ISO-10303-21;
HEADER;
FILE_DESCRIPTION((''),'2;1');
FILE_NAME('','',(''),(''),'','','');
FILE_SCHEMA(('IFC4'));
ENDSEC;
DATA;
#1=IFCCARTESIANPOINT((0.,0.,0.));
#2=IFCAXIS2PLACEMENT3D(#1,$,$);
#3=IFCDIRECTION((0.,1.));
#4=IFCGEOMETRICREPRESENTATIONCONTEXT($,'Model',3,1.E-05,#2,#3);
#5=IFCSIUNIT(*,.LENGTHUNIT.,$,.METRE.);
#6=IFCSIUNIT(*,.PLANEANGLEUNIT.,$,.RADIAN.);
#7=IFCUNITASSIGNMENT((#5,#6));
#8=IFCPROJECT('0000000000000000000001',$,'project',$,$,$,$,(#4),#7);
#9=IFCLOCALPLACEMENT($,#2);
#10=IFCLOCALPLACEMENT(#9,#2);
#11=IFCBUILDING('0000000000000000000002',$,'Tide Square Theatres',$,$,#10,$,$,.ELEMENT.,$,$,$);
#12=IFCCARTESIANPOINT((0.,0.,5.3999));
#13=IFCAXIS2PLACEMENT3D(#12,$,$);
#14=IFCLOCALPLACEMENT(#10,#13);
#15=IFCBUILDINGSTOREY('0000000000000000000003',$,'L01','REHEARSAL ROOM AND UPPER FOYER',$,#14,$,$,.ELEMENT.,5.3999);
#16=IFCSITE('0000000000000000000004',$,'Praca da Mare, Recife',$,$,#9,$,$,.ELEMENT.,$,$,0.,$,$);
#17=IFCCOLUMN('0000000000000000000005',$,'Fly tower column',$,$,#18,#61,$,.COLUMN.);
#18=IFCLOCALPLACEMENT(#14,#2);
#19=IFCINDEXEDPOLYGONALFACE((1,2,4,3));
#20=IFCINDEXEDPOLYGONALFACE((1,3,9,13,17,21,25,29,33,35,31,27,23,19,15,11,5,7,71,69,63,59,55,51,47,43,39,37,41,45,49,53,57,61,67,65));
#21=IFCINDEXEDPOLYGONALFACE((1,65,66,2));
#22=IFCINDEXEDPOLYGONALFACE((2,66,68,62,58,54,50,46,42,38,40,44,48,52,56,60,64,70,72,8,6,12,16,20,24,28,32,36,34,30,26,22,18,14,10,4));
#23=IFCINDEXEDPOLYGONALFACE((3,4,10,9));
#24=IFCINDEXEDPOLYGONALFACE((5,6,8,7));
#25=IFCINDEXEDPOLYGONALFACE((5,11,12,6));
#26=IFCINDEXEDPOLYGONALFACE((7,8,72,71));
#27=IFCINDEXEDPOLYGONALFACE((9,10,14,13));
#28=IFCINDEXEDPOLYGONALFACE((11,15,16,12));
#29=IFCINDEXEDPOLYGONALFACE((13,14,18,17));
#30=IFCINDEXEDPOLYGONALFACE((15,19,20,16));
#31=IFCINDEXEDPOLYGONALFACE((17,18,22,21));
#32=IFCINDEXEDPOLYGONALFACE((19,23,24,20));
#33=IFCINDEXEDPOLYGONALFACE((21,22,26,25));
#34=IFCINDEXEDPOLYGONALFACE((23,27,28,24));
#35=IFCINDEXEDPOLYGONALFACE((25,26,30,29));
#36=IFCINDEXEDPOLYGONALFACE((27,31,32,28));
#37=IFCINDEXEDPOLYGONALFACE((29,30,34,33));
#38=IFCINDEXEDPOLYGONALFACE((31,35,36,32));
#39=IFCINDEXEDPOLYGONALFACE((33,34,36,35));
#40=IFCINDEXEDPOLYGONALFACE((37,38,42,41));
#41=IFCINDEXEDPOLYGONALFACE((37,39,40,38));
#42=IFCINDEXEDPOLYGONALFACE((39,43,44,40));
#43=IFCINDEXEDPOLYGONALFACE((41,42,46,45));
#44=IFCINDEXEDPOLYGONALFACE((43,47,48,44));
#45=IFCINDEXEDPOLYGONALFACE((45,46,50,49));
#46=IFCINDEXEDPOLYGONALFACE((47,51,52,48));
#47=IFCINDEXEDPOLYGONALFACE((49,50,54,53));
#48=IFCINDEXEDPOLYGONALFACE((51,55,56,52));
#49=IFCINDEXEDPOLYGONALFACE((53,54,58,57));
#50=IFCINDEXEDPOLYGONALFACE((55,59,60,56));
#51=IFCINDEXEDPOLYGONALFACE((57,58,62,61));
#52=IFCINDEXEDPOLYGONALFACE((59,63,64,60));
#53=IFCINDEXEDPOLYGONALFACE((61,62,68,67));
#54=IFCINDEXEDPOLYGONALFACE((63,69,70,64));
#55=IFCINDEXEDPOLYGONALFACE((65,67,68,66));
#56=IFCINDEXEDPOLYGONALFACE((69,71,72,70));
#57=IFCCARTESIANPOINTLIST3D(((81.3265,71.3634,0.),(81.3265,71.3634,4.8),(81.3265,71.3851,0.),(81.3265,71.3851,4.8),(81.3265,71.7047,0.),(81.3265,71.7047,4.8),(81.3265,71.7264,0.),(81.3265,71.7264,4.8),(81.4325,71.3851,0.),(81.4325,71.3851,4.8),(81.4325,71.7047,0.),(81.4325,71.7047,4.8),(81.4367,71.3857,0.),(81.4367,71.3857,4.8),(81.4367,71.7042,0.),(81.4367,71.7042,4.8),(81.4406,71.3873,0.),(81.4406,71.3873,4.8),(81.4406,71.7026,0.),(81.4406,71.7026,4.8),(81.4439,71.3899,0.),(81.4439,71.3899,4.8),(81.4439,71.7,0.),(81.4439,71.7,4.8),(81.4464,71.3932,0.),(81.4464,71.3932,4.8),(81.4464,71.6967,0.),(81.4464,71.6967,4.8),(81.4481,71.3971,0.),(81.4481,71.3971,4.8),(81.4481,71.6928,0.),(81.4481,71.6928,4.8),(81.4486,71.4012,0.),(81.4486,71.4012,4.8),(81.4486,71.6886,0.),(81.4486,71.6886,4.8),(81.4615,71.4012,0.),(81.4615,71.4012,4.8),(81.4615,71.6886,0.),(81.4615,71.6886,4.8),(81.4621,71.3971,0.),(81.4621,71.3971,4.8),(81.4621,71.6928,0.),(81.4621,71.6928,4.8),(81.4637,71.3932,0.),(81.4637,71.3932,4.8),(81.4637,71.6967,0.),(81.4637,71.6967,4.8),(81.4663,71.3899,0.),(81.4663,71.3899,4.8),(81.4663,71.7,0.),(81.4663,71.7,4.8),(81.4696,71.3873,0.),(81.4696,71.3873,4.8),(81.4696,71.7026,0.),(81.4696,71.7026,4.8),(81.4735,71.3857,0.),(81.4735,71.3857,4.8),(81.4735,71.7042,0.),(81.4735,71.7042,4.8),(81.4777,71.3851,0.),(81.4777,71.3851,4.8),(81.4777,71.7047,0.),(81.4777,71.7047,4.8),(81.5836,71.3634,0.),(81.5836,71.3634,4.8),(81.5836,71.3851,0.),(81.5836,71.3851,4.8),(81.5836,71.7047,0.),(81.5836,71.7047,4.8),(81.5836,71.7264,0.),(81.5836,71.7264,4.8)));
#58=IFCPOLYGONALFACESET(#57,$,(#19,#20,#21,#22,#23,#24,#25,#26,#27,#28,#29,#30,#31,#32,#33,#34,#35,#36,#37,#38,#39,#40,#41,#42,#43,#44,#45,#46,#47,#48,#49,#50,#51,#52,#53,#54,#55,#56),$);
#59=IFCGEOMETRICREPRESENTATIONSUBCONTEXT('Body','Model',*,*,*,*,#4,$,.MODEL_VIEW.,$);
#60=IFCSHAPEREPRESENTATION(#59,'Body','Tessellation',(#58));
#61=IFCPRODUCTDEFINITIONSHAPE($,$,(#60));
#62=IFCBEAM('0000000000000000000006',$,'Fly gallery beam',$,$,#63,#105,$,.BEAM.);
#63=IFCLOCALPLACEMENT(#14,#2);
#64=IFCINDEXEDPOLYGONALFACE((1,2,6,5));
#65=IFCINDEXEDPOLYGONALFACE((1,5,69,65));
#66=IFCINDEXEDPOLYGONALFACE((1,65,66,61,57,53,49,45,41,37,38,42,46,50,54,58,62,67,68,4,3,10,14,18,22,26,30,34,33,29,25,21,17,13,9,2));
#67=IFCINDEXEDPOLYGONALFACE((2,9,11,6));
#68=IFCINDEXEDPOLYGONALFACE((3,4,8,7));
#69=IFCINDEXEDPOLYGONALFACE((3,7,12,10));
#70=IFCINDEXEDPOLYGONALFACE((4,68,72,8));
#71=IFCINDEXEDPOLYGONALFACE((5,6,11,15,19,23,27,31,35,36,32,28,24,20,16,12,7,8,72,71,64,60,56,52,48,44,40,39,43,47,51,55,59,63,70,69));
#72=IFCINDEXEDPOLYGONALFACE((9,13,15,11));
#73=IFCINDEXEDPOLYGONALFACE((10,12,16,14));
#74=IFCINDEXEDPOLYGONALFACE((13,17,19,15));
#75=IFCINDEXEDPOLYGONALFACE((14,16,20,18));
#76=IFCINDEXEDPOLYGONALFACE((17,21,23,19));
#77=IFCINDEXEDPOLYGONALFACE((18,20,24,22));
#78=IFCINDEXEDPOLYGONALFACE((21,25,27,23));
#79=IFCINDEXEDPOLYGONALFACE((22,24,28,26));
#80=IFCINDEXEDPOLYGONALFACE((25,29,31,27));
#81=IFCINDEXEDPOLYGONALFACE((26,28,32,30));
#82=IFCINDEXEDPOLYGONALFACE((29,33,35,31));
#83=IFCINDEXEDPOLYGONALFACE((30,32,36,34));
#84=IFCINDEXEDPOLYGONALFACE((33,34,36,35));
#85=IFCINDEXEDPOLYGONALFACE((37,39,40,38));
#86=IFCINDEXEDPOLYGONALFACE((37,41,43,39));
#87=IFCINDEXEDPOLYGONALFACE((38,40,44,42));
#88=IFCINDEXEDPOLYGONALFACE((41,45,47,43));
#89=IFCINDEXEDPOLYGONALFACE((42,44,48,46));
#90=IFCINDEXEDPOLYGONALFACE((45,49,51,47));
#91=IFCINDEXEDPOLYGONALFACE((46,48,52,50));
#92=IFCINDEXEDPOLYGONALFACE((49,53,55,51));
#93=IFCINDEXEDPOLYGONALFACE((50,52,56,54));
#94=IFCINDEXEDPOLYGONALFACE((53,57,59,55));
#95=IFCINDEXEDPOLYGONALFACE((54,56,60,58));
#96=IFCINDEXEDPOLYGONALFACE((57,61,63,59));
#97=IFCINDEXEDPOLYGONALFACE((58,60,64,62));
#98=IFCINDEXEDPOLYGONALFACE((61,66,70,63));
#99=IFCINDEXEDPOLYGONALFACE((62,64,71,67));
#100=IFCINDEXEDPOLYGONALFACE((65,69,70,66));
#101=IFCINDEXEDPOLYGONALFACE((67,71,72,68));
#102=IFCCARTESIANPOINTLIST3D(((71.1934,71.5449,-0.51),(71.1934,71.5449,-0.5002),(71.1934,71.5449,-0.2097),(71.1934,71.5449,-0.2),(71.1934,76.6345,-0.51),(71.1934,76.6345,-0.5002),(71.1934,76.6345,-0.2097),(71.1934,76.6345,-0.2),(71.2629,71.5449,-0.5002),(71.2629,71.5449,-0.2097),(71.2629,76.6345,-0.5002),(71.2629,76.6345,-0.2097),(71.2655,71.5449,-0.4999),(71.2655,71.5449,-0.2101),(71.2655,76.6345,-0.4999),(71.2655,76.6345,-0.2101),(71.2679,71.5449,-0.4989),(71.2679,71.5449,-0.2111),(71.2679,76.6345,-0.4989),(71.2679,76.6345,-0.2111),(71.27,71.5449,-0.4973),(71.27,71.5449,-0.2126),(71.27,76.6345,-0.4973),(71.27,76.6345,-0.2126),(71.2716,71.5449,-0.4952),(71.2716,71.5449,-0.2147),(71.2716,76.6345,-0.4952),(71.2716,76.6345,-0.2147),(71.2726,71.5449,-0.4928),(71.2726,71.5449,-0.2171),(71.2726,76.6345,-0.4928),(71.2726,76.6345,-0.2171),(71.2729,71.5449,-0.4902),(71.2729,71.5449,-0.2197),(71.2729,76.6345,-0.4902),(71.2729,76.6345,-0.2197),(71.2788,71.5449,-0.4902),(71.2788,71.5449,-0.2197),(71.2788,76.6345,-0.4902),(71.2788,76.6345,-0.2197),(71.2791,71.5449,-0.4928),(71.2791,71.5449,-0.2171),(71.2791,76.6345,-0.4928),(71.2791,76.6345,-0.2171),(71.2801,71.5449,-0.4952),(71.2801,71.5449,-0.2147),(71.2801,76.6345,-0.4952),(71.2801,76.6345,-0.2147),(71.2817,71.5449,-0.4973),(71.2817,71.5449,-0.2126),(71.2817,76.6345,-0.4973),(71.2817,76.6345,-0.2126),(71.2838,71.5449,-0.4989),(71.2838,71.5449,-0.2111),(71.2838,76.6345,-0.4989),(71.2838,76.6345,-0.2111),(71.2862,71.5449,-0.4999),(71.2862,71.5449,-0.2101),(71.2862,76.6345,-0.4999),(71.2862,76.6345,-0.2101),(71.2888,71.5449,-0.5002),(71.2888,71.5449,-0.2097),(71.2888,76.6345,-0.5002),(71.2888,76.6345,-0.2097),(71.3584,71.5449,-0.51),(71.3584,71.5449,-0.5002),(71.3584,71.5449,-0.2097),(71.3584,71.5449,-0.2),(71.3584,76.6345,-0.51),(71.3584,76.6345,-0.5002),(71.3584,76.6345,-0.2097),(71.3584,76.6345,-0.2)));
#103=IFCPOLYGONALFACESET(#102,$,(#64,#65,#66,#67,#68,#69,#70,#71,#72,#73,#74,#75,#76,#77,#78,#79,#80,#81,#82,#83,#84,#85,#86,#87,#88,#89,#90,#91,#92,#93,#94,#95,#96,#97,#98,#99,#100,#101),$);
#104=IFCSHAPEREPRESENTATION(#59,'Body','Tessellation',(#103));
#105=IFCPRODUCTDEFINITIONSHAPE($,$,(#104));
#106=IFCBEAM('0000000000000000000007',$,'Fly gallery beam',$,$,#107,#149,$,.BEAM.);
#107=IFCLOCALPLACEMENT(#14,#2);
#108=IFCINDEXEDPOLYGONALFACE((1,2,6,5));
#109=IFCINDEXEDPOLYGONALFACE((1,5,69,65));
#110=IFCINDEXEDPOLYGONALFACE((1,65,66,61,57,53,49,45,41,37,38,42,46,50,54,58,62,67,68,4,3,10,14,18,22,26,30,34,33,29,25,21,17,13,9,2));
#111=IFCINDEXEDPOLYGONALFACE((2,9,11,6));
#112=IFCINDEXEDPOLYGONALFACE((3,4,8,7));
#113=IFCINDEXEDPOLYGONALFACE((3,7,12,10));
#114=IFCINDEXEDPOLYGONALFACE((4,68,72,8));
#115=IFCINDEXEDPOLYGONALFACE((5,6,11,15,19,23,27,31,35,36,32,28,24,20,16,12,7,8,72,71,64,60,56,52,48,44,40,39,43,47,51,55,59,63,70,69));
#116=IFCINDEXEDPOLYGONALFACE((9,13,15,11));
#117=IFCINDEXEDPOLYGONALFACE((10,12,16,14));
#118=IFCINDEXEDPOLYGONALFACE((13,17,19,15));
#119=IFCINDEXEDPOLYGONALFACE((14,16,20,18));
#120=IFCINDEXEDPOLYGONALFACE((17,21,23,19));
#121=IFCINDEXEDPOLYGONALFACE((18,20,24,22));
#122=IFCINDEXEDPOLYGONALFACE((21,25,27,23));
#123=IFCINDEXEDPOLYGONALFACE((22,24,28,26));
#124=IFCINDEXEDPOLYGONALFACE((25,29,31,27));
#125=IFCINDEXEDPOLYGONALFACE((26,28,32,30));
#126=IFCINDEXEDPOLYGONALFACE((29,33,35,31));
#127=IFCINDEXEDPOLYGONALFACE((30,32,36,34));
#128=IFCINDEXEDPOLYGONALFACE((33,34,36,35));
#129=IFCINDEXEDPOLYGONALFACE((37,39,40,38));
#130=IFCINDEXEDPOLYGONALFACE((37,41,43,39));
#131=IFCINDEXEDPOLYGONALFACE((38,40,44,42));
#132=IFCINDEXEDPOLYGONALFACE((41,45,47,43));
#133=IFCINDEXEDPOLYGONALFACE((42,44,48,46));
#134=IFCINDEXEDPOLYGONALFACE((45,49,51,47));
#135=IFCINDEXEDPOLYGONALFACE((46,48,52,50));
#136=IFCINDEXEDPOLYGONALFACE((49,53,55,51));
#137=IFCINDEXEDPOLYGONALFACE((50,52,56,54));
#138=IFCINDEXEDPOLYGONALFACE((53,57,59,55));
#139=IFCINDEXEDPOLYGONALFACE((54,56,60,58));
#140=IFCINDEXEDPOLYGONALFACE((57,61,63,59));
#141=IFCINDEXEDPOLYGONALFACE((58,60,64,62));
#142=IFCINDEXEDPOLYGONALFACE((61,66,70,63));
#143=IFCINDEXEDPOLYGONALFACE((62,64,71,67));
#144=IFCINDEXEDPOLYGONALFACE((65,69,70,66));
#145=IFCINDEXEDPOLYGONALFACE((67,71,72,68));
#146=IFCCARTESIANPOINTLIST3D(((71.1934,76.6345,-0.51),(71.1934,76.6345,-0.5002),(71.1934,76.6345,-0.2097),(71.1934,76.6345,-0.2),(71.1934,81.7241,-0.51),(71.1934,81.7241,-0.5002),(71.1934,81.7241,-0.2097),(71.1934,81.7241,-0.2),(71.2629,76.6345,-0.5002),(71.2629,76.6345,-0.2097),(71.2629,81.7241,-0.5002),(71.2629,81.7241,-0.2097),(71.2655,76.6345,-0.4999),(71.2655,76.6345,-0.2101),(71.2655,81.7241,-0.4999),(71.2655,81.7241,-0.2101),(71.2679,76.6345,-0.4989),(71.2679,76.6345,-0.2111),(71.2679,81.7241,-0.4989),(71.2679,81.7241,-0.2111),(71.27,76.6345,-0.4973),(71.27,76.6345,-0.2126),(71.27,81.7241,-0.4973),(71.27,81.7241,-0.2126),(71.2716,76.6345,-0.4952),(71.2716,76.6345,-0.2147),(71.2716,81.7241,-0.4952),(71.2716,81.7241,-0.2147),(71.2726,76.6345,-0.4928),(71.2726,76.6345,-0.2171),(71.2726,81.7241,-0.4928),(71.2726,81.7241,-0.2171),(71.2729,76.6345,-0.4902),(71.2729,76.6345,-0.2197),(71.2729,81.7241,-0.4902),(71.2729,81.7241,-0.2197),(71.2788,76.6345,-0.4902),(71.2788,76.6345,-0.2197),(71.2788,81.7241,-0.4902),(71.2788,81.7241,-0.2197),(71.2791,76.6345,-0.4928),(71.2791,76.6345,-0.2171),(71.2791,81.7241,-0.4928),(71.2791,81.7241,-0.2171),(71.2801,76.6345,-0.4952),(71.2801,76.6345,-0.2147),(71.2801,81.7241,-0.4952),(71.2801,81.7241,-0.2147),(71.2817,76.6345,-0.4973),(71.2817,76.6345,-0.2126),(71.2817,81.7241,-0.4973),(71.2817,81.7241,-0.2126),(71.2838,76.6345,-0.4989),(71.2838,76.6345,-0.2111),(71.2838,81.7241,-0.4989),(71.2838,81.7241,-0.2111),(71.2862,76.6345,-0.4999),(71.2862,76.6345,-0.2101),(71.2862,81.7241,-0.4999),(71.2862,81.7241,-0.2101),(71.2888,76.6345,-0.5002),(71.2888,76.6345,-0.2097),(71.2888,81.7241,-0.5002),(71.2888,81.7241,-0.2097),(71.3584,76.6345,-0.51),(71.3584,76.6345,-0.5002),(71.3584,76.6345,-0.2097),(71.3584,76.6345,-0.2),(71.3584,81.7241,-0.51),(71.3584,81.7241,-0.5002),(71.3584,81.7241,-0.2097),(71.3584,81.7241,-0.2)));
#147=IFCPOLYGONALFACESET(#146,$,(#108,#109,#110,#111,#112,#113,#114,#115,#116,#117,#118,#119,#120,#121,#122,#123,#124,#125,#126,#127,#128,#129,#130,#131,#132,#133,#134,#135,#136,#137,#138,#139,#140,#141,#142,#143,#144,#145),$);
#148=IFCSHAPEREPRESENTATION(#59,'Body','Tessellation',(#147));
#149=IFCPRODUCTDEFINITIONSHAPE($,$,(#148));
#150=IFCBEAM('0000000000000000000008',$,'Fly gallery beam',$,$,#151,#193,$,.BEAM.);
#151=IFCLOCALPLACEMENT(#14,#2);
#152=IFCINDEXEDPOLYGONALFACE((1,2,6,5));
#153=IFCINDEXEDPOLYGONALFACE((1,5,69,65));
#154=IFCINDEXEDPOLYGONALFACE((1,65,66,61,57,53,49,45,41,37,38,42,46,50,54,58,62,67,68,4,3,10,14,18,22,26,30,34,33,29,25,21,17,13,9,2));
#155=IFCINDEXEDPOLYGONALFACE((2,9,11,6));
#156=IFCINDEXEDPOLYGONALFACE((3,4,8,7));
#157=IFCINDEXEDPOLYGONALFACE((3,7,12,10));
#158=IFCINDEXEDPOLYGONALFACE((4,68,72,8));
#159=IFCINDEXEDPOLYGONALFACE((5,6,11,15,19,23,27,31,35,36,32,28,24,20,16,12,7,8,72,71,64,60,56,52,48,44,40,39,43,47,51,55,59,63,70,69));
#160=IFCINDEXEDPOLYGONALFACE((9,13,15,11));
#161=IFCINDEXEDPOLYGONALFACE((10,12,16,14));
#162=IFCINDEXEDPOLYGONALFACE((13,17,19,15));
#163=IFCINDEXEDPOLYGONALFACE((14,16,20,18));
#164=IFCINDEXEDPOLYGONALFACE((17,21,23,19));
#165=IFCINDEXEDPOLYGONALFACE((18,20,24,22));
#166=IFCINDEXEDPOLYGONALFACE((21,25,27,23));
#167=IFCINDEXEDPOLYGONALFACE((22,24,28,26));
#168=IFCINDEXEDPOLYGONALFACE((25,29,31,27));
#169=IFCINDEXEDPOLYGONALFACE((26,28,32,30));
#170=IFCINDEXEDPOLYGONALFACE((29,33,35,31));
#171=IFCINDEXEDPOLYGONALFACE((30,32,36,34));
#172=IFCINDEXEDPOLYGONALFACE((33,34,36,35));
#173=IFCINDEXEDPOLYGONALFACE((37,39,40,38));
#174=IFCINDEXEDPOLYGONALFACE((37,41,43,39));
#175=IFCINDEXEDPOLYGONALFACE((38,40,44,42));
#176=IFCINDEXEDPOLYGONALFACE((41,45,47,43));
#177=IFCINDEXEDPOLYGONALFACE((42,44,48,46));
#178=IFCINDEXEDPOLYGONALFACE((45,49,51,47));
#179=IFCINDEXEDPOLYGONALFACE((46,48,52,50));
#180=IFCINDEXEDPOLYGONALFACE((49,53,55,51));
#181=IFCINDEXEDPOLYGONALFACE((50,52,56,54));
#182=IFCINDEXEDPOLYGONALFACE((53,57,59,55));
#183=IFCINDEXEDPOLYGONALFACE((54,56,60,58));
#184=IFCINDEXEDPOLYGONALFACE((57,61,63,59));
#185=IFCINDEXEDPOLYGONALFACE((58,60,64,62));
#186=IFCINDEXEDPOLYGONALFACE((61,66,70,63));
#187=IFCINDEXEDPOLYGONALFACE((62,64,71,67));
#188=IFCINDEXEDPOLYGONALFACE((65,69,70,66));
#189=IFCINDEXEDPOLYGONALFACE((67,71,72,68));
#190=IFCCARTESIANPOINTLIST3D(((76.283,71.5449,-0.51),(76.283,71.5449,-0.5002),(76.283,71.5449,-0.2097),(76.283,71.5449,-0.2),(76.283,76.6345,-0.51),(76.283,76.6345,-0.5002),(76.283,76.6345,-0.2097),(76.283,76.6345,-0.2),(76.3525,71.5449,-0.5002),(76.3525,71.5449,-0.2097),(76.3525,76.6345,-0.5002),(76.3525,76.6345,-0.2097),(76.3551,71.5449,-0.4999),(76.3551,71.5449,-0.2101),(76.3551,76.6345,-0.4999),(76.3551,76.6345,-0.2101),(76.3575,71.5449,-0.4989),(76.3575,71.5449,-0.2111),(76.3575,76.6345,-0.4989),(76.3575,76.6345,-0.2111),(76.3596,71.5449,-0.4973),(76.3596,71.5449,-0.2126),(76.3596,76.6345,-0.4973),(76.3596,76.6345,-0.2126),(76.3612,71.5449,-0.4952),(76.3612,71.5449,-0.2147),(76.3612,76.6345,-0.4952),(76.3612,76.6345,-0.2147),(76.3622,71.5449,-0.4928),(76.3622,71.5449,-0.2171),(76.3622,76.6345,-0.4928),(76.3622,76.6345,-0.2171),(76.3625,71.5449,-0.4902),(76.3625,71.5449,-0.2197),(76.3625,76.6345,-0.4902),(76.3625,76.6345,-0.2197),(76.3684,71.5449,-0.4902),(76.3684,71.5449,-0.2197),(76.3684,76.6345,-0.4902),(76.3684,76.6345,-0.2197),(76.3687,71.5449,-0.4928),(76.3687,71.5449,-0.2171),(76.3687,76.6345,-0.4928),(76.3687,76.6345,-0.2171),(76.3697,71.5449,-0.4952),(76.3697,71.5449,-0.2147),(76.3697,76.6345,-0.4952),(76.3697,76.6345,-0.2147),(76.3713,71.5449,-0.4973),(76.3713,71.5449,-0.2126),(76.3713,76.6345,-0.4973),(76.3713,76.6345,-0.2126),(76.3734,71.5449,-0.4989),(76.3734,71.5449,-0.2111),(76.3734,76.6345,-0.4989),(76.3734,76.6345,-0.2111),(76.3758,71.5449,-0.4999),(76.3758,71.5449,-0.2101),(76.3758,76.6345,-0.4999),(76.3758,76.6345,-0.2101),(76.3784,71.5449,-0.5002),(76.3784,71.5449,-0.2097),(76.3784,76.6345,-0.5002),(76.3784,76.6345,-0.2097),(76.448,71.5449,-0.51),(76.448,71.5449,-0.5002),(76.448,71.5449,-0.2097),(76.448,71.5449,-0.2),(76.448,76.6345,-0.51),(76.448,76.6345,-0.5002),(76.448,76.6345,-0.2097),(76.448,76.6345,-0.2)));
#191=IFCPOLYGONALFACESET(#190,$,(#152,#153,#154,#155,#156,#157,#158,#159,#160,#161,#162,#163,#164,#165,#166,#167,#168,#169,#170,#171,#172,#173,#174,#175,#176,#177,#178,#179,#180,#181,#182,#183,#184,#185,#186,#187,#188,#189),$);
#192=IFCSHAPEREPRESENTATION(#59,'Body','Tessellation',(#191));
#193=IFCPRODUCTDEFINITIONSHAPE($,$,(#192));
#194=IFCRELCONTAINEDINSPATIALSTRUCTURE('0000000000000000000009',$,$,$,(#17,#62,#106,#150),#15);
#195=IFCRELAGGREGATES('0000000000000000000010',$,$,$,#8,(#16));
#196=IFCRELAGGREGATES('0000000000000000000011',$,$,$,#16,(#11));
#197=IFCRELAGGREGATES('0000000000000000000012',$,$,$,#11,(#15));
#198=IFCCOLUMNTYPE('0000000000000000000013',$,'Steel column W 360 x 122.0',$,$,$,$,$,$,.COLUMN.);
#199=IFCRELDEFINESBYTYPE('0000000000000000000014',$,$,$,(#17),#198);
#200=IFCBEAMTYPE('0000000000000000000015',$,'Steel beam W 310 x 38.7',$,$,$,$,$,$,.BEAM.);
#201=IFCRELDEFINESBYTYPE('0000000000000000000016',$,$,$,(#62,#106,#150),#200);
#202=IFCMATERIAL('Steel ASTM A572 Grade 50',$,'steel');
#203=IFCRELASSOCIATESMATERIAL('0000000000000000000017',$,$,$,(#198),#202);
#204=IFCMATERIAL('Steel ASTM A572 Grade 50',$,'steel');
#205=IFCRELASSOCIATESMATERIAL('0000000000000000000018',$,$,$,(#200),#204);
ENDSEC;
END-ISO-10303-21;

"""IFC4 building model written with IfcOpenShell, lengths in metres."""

from ifc_helpers import new_model, si_unit, direction, frame, origin, origin_2d, place, context, subcontext, project, spatial, i_section, extrude, material, material_profile, profile_set, type_object, element, save


model = new_model("IFC4")

# Units and contexts
model_context = context("Model", 3, precision=1e-05, world=origin(), true_north=direction((0.0, 1.0)))
body_context = subcontext(model_context, "Body", "Model", "MODEL_VIEW")
ifc_project = project(units=[si_unit("LENGTHUNIT", "METRE"), si_unit("PLANEANGLEUNIT", "RADIAN")], contexts=[model_context])

# Site, building, storey
site_placement = place(None, origin())
site = spatial("IfcSite", under=ifc_project, at=site_placement, Name="Praca da Mare, Recife", CompositionType="ELEMENT", RefElevation=0.0)
building_placement = place(site_placement, origin())
building = spatial("IfcBuilding", under=site, at=building_placement, Name="Tide Square Theatres", CompositionType="ELEMENT")
storey_placement = place(building_placement, frame((0.0, 0.0, 5.3999)))
storey = spatial("IfcBuildingStorey", under=building, at=storey_placement, Name="L01", Description="REHEARSAL ROOM AND UPPER FOYER", CompositionType="ELEMENT", Elevation=5.3999)

# Column
ifc_material_1 = material(Name="Steel ASTM A572 Grade 50", Category="steel")
ifc_material_profile_1 = material_profile(ifc_material_1, i_section(OverallWidth=0.2571, OverallDepth=0.363, WebThickness=0.0129, FlangeThickness=0.0217, FilletRadius=0.0161, at=origin_2d()))
ifc_profile_set_1 = profile_set([ifc_material_profile_1], Name="Steel ASTM A572 Grade 50")
column_type_1 = type_object("IfcColumnType", Name="Steel column W 360 x 122.0", PredefinedType="COLUMN", material=ifc_profile_set_1)
for number, where, z_axis, x_axis, name in (
    (1, (81.4551, 71.5449, 0.0), (0.0, 0.0, 1.0), (1.0, 0.0, 0.0), "Fly tower column"),
):
    element("IfcColumn", number, at=place(storey_placement, frame(where, z_axis=z_axis, x_axis=x_axis)), inside=storey, type_object=column_type_1, Name=name, PredefinedType="COLUMN", context=body_context, shape_type="SweptSolid", body=[
        extrude(i_section(OverallWidth=0.2571, OverallDepth=0.363, WebThickness=0.0129, FlangeThickness=0.0217, FilletRadius=0.0161, at=origin_2d()), origin(), (0.0, 0.0, 1.0), 4.8),
    ])

# Beams
ifc_material_2 = material(Name="Steel ASTM A572 Grade 50", Category="steel")
ifc_material_profile_2 = material_profile(ifc_material_2, i_section(OverallWidth=0.165, OverallDepth=0.3101, WebThickness=0.0059, FlangeThickness=0.0098, FilletRadius=0.01, at=origin_2d()))
ifc_profile_set_2 = profile_set([ifc_material_profile_2], Name="Steel ASTM A572 Grade 50")
beam_type = type_object("IfcBeamType", Name="Steel beam W 310 x 38.7", PredefinedType="BEAM", material=ifc_profile_set_2)
for number, where, z_axis, x_axis, name in (
    (2, (71.2759, 71.5449, -0.355), (0.0, 1.0, 0.0), (-1.0, 0.0, 0.0), "Fly gallery beam"),
    (3, (71.2759, 76.6345, -0.355), (0.0, 1.0, 0.0), (-1.0, 0.0, 0.0), "Fly gallery beam"),
    (4, (76.3655, 71.5449, -0.355), (0.0, 1.0, 0.0), (-1.0, 0.0, 0.0), "Fly gallery beam"),
):
    element("IfcBeam", number, at=place(storey_placement, frame(where, z_axis=z_axis, x_axis=x_axis)), inside=storey, type_object=beam_type, Name=name, PredefinedType="BEAM", context=body_context, shape_type="SweptSolid", body=[
        extrude(i_section(OverallWidth=0.165, OverallDepth=0.3101, WebThickness=0.0059, FlangeThickness=0.0098, FilletRadius=0.01, at=origin_2d()), origin(), (0.0, 0.0, 1.0), 5.0896),
    ])

save(model, "model.ifc")
